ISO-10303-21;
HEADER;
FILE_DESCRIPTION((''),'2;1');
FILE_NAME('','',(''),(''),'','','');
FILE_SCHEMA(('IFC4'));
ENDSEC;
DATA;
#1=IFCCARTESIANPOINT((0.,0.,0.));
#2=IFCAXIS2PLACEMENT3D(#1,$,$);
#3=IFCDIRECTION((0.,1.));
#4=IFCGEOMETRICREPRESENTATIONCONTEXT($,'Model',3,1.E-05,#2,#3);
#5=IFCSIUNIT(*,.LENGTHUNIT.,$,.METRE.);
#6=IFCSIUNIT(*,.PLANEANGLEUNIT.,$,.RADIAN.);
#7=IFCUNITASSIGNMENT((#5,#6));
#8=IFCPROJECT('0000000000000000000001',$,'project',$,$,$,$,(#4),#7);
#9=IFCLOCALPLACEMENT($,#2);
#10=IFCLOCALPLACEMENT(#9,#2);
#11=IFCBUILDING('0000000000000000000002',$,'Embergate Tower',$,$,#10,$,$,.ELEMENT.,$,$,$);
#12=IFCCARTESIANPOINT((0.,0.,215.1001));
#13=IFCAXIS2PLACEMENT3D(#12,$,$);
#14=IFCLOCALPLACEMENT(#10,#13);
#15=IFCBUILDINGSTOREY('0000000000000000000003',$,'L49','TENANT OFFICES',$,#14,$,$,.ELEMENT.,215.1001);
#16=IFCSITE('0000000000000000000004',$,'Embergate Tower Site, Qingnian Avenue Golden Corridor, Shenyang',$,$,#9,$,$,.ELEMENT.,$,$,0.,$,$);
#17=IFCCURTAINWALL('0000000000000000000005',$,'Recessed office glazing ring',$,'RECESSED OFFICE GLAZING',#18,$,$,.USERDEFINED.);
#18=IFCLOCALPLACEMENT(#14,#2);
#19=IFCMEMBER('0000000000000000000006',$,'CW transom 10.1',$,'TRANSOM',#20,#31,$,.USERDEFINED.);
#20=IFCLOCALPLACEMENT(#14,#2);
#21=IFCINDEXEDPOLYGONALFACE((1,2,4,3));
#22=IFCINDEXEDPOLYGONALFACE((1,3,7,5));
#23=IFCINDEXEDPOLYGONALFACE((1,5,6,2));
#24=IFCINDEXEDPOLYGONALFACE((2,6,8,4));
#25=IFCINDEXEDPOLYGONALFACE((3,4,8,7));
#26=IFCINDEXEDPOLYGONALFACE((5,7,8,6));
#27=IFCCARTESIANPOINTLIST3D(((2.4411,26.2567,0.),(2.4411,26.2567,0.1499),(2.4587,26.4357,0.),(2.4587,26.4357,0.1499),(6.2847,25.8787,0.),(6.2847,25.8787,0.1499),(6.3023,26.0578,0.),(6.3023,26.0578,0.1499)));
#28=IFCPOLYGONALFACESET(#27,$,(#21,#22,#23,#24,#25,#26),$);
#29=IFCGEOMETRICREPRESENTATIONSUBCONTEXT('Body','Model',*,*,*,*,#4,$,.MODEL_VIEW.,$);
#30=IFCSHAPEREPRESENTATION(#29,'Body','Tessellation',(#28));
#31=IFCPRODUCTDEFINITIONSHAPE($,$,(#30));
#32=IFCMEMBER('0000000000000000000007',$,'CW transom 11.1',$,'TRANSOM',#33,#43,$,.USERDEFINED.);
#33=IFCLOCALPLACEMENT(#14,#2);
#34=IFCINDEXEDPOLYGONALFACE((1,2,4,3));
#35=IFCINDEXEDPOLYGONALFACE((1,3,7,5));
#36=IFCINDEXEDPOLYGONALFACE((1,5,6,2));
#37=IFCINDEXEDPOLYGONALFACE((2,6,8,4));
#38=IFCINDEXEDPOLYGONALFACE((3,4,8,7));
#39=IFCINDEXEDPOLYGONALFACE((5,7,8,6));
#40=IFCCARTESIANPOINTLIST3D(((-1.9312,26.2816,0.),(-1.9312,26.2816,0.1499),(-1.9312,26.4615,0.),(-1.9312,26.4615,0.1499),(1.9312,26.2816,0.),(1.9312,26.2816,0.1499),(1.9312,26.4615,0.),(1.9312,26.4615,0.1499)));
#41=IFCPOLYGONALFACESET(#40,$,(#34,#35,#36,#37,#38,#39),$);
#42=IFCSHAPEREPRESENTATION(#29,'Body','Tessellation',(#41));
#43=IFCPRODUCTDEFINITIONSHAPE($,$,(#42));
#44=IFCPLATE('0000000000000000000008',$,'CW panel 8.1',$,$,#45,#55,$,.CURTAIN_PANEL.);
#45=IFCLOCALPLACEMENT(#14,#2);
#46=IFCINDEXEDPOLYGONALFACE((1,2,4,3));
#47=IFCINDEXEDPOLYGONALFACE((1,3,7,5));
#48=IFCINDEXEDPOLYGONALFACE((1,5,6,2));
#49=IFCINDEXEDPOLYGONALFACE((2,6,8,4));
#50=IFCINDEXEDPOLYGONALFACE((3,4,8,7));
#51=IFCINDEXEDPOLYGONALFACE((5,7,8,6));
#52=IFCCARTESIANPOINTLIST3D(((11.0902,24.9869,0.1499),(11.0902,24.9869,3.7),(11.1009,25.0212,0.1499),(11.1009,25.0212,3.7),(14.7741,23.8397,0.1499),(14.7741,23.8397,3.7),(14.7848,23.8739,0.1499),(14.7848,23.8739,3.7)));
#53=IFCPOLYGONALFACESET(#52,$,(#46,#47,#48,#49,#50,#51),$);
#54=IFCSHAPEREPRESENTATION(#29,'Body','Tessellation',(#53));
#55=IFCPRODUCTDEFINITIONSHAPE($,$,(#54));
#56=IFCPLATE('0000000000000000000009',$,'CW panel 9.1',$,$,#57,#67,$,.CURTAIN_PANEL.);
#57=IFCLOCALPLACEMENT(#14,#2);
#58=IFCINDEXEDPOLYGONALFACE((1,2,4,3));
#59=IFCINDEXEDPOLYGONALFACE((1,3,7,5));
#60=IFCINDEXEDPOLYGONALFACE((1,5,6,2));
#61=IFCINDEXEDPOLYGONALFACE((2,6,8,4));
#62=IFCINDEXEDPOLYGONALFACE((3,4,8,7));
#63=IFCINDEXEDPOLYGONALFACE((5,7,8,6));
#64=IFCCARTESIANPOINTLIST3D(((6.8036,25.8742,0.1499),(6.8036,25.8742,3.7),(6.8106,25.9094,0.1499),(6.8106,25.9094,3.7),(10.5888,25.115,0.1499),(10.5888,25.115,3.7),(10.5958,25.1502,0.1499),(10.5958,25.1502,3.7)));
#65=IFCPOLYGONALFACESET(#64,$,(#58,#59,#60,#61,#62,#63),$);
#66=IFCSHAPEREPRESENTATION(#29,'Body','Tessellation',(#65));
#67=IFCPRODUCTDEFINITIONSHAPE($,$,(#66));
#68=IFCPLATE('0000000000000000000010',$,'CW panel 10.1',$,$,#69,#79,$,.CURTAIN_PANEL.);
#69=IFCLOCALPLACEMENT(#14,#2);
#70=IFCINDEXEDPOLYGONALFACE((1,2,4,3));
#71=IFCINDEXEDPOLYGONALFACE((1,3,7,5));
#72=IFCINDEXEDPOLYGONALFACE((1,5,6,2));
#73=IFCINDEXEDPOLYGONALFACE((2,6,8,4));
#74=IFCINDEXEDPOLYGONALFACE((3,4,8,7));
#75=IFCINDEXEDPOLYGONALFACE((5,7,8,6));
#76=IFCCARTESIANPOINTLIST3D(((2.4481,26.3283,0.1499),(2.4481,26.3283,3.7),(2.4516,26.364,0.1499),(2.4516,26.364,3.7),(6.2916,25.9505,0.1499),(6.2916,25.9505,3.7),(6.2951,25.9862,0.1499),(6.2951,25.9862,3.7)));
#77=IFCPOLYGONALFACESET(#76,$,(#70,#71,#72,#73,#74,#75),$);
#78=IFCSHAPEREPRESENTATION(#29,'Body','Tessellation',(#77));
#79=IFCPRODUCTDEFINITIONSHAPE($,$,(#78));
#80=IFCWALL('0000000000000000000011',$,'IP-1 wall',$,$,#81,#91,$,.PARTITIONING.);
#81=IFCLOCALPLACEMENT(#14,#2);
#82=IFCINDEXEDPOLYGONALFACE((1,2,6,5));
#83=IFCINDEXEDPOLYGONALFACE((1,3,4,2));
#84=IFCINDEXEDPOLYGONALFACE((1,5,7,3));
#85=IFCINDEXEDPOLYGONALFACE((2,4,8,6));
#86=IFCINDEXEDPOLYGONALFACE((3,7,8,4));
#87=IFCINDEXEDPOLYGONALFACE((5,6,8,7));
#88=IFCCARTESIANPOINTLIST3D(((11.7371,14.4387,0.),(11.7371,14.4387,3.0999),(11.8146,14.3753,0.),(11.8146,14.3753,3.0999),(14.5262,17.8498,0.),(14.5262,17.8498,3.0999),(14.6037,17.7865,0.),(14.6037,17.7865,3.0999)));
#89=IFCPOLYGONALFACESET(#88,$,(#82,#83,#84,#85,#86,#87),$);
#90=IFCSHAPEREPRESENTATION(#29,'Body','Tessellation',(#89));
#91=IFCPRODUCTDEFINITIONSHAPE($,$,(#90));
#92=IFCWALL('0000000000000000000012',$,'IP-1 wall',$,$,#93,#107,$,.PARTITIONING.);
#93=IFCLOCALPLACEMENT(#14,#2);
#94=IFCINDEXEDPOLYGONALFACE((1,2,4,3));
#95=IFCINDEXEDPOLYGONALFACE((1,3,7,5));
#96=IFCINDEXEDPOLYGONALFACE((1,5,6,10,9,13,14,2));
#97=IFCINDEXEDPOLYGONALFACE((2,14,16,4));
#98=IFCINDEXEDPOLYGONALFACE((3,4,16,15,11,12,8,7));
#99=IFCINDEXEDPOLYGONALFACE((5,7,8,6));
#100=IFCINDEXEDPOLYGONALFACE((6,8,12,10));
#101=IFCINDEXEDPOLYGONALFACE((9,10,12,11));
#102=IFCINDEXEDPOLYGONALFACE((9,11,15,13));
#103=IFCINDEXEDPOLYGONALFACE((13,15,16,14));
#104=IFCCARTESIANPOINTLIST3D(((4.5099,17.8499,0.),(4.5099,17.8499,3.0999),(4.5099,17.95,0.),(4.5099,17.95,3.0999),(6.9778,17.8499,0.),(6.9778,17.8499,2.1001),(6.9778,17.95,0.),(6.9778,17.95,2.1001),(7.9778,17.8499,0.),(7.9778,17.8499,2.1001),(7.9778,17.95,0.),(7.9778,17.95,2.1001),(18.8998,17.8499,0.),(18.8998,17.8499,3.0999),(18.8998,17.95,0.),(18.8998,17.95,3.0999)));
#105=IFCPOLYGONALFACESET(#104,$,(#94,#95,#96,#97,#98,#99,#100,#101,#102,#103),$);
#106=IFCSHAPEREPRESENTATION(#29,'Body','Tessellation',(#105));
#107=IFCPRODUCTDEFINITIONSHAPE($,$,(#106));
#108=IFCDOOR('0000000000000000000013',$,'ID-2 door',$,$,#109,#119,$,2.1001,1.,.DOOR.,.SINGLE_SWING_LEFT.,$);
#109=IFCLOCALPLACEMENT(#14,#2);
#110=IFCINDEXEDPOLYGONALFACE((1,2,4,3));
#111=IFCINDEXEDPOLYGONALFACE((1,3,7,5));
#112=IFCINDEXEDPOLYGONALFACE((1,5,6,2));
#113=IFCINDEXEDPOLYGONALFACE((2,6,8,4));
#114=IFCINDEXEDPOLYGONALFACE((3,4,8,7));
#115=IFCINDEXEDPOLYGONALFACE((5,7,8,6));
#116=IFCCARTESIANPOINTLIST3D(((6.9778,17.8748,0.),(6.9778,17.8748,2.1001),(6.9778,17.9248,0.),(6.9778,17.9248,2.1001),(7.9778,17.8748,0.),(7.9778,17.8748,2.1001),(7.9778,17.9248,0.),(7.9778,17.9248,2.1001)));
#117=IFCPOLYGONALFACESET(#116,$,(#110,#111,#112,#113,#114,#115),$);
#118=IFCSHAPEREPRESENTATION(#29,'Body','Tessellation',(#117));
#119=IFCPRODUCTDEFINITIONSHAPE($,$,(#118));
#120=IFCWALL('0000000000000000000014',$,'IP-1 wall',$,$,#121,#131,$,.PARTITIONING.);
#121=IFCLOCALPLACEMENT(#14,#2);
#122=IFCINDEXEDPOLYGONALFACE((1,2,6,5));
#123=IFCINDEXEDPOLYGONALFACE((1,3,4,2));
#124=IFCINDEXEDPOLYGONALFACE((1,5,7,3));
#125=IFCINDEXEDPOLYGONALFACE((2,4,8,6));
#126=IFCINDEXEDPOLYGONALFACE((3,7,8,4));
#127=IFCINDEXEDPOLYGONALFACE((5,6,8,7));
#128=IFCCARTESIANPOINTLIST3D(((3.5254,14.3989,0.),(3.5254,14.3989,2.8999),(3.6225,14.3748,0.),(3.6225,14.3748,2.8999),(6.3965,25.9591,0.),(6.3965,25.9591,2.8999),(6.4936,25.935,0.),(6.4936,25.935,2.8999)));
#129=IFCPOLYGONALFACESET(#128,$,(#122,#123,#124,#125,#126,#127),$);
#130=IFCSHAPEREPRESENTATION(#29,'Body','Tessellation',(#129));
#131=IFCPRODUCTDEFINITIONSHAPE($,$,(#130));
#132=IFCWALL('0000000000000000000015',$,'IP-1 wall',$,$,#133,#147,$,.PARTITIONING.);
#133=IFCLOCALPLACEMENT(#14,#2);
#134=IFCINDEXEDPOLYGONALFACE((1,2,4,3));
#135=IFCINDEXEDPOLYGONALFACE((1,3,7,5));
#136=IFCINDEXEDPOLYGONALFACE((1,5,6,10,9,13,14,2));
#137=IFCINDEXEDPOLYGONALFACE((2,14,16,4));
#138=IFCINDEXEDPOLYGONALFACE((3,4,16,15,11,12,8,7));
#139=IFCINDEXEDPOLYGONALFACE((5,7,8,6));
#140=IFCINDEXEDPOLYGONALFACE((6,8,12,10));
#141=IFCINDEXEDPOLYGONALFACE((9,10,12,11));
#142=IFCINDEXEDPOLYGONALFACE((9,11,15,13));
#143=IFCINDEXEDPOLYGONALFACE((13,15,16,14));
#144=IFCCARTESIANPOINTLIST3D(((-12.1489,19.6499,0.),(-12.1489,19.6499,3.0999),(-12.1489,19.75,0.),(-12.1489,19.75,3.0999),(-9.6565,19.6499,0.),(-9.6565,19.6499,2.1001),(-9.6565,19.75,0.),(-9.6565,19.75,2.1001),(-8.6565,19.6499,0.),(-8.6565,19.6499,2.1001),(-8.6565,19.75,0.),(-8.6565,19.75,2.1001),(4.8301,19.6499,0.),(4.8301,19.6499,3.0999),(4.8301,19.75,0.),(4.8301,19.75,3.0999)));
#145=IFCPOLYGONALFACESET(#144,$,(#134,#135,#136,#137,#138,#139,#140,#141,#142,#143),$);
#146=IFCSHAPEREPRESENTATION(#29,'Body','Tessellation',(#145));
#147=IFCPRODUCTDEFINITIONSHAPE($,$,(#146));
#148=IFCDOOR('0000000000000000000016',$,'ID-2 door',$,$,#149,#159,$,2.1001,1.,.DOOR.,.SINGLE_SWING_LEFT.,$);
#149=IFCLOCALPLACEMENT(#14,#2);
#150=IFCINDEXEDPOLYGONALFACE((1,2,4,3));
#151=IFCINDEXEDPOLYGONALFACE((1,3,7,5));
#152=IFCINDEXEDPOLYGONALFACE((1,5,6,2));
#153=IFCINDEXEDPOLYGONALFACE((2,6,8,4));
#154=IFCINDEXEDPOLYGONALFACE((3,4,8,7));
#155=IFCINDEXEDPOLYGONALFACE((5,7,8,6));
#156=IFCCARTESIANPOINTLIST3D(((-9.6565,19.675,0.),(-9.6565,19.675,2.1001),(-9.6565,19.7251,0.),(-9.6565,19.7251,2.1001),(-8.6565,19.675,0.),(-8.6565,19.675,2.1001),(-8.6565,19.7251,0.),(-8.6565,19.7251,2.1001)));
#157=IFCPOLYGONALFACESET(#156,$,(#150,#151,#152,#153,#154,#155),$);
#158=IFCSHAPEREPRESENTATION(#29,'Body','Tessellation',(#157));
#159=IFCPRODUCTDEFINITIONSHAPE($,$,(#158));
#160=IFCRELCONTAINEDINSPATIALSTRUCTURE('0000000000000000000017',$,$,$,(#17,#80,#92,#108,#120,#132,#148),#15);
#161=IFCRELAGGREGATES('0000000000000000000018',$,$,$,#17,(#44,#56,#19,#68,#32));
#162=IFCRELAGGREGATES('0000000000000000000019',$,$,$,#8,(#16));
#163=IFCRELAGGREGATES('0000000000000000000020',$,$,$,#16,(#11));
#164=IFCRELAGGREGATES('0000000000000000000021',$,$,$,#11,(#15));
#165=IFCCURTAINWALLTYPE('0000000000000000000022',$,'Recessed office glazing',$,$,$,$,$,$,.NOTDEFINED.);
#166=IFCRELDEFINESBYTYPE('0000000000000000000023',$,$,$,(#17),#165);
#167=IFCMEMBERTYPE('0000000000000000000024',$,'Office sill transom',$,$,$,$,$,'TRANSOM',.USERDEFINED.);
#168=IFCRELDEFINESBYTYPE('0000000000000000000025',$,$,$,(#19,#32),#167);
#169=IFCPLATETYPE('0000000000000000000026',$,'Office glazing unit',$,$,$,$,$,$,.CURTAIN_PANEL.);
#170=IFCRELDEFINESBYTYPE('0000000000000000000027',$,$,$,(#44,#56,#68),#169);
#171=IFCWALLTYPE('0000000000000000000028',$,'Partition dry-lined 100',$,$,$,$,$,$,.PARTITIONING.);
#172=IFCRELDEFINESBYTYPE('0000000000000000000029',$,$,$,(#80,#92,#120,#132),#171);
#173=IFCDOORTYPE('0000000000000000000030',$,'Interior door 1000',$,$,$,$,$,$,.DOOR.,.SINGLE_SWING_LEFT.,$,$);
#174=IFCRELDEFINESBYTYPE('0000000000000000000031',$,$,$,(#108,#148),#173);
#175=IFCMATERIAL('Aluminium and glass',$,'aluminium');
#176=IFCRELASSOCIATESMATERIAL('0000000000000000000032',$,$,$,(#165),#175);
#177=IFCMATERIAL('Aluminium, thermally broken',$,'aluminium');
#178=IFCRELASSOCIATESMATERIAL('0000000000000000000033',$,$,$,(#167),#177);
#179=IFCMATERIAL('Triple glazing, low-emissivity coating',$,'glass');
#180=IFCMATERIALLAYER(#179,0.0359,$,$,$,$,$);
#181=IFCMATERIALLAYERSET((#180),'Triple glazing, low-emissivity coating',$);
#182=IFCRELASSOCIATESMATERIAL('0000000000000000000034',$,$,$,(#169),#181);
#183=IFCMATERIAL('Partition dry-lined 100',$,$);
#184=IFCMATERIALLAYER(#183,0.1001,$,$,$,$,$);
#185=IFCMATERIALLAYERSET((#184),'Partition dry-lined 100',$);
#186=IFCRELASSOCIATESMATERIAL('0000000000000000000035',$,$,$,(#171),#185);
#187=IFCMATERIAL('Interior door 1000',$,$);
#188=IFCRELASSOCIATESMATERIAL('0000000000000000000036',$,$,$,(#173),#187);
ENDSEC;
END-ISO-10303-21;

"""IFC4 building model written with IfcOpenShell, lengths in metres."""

from ifc_helpers import new_model, si_unit, direction, frame, frame_2d, origin, origin_2d, place, context, subcontext, project, spatial, rectangle, extrude, source, transform, mapped, material, layer, layer_set, material_profile, profile_set, type_object, element, fill, aggregate, save


model = new_model("IFC4")

# Units and contexts
model_context = context("Model", 3, precision=1e-05, world=origin(), true_north=direction((0.0, 1.0)))
body_context = subcontext(model_context, "Body", "Model", "MODEL_VIEW")
ifc_project = project(units=[si_unit("LENGTHUNIT", "METRE"), si_unit("PLANEANGLEUNIT", "RADIAN")], contexts=[model_context])

# Site, building, storey
site_placement = place(None, origin())
site = spatial("IfcSite", under=ifc_project, at=site_placement, Name="Embergate Tower Site, Qingnian Avenue Golden Corridor, Shenyang", CompositionType="ELEMENT", RefElevation=0.0)
building_placement = place(site_placement, origin())
building = spatial("IfcBuilding", under=site, at=building_placement, Name="Embergate Tower", CompositionType="ELEMENT")
storey_placement = place(building_placement, frame((0.0, 0.0, 215.1001)))
storey = spatial("IfcBuildingStorey", under=building, at=storey_placement, Name="L49", Description="TENANT OFFICES", CompositionType="ELEMENT", Elevation=215.1001)

# Curtain wall, members, plates
ifc_material_1 = material(Name="Aluminium and glass", Category="aluminium")
curtain_wall_type = type_object("IfcCurtainWallType", Name="Recessed office glazing", PredefinedType="NOTDEFINED", material=ifc_material_1)
curtain_wall_placement = place(storey_placement, origin())
curtain_wall = element("IfcCurtainWall", 1, at=curtain_wall_placement, inside=storey, type_object=curtain_wall_type, Name="Recessed office glazing ring", ObjectType="RECESSED OFFICE GLAZING", PredefinedType="USERDEFINED")
ifc_material_2 = material(Name="Aluminium, thermally broken", Category="aluminium")
ifc_material_profile_1 = material_profile(ifc_material_2, rectangle(XDim=0.1799, YDim=0.1499, at=origin_2d()), Name="AL 150x180")
ifc_profile_set_1 = profile_set([ifc_material_profile_1], Name="Aluminium, thermally broken")
member_type_1 = type_object("IfcMemberType", Name="Office sill transom", ElementType="TRANSOM", PredefinedType="USERDEFINED", material=ifc_profile_set_1)
shared_shape_1 = source(origin(), body_context, "Body", "SweptSolid", [
    extrude(rectangle(XDim=0.1799, YDim=0.1499, at=origin_2d()), origin(), (0.0, 0.0, 1.0), 3.8621),
])
member_1_placement = place(storey_placement, frame((6.2935, 25.9683, 0.075), z_axis=(-0.9952, 0.097857, 0.0), x_axis=(-0.097857, -0.9952, 0.0)))
member_1 = element("IfcMember", 2, at=member_1_placement, type_object=member_type_1, Name="CW transom 10.1", ObjectType="TRANSOM", PredefinedType="USERDEFINED", context=body_context, shape_type="MappedRepresentation", body=[
    mapped(shared_shape_1, transform((0.0, 0.0, 0.0))),
])
shared_shape_2 = source(origin(), body_context, "Body", "SweptSolid", [
    extrude(rectangle(XDim=0.1799, YDim=0.1499, at=origin_2d()), origin(), (0.0, 0.0, 1.0), 3.8623),
])
member_2_placement = place(storey_placement, frame((1.9312, 26.3716, 0.075), z_axis=(-1.0, 0.0, 0.0), x_axis=(0.0, -1.0, 0.0)))
member_2 = element("IfcMember", 3, at=member_2_placement, type_object=member_type_1, Name="CW transom 11.1", ObjectType="TRANSOM", PredefinedType="USERDEFINED", context=body_context, shape_type="MappedRepresentation", body=[
    mapped(shared_shape_2, transform((0.0, 0.0, 0.0))),
])
ifc_material_3 = material(Name="Triple glazing, low-emissivity coating", Category="glass")
ifc_layer_1 = layer(ifc_material_3, 0.0359)
ifc_layer_set_1 = layer_set([ifc_layer_1], Name="Triple glazing, low-emissivity coating")
plate_type = type_object("IfcPlateType", Name="Office glazing unit", PredefinedType="CURTAIN_PANEL", material=ifc_layer_set_1)
shared_shape_3 = source(origin(), body_context, "Body", "SweptSolid", [
    extrude(rectangle(XDim=3.8584, YDim=0.0359, at=origin_2d()), origin(), (0.0, 0.0, 1.0), 3.55),
])
plate_1_placement = place(storey_placement, frame((12.9375, 24.4304, 0.1499), z_axis=(0.0, 0.0, 1.0), x_axis=(-0.954771, 0.297343, 0.0)))
plate_1 = element("IfcPlate", 4, at=plate_1_placement, type_object=plate_type, Name="CW panel 8.1", PredefinedType="CURTAIN_PANEL", context=body_context, shape_type="MappedRepresentation", body=[
    mapped(shared_shape_3, transform((0.0, 0.0, 0.0))),
])
shared_shape_4 = source(origin(), body_context, "Body", "SweptSolid", [
    extrude(rectangle(XDim=3.8606, YDim=0.0359, at=origin_2d()), origin(), (0.0, 0.0, 1.0), 3.55),
])
plate_2_placement = place(storey_placement, frame((8.6997, 25.5122, 0.1499), z_axis=(0.0, 0.0, 1.0), x_axis=(-0.980475, 0.196643, 0.0)))
plate_2 = element("IfcPlate", 5, at=plate_2_placement, type_object=plate_type, Name="CW panel 9.1", PredefinedType="CURTAIN_PANEL", context=body_context, shape_type="MappedRepresentation", body=[
    mapped(shared_shape_4, transform((0.0, 0.0, 0.0))),
])
shared_shape_5 = source(origin(), body_context, "Body", "SweptSolid", [
    extrude(rectangle(XDim=3.8621, YDim=0.0359, at=origin_2d()), origin(), (0.0, 0.0, 1.0), 3.55),
])
plate_3_placement = place(storey_placement, frame((4.3716, 26.1572, 0.1499), z_axis=(0.0, 0.0, 1.0), x_axis=(-0.995203, 0.097831, 0.0)))
plate_3 = element("IfcPlate", 6, at=plate_3_placement, type_object=plate_type, Name="CW panel 10.1", PredefinedType="CURTAIN_PANEL", context=body_context, shape_type="MappedRepresentation", body=[
    mapped(shared_shape_5, transform((0.0, 0.0, 0.0))),
])
aggregate(curtain_wall, [plate_1, plate_2, member_1, plate_3, member_2])

# Wall
ifc_material_4 = material(Name="Partition dry-lined 100")
ifc_layer_2 = layer(ifc_material_4, 0.1001)
ifc_layer_set_2 = layer_set([ifc_layer_2], Name="Partition dry-lined 100")
wall_type = type_object("IfcWallType", Name="Partition dry-lined 100", PredefinedType="PARTITIONING", material=ifc_layer_set_2)
shared_shape_6 = source(origin(), body_context, "Body", "SweptSolid", [
    extrude(rectangle(XDim=4.4062, YDim=0.1001, at=frame_2d((2.2031, 0.0))), origin(), (0.0, 0.0, 1.0), 3.0999),
])
wall_1_placement = place(storey_placement, frame((11.7759, 14.407, 0.0), z_axis=(0.0, 0.0, 1.0), x_axis=(0.632984, 0.774165, 0.0)))
element("IfcWall", 7, at=wall_1_placement, inside=storey, type_object=wall_type, Name="IP-1 wall", PredefinedType="PARTITIONING", context=body_context, shape_type="MappedRepresentation", body=[
    mapped(shared_shape_6, transform((0.0, 0.0, 0.0))),
])

# Wall, opening, door
shared_shape_7 = source(origin(), body_context, "Body", "SweptSolid", [
    extrude(rectangle(XDim=14.3899, YDim=0.1001, at=frame_2d((7.1948, 0.0))), origin(), (0.0, 0.0, 1.0), 3.0999),
])
wall_2_placement = place(storey_placement, frame((4.51, 17.8999, 0.0), z_axis=(0.0, 0.0, 1.0), x_axis=(1.0, 0.0, 0.0)))
wall_2 = element("IfcWall", 8, at=wall_2_placement, inside=storey, type_object=wall_type, Name="IP-1 wall", PredefinedType="PARTITIONING", context=body_context, shape_type="MappedRepresentation", body=[
    mapped(shared_shape_7, transform((0.0, 0.0, 0.0))),
])
shared_shape_8 = source(origin(), body_context, "Body", "SweptSolid", [
    extrude(rectangle(XDim=1.0, YDim=2.1001, at=frame_2d((0.5, 1.05))), frame((0.0, 0.0601, 0.0), z_axis=(0.0, -1.0, 0.0), x_axis=(1.0, 0.0, 0.0)), (0.0, 0.0, 1.0), 0.1201),
])
opening_1_placement = place(wall_2_placement, frame((2.4678, 0.0, 0.0)))
opening_1 = element("IfcOpeningElement", 9, at=opening_1_placement, cuts=wall_2, PredefinedType="OPENING", context=body_context, shape_type="MappedRepresentation", body=[
    mapped(shared_shape_8, transform((0.0, 0.0, 0.0))),
])
ifc_material_5 = material(Name="Interior door 1000")
door_type = type_object("IfcDoorType", Name="Interior door 1000", OperationType="SINGLE_SWING_LEFT", PredefinedType="DOOR", material=ifc_material_5)
shared_shape_9 = source(origin(), body_context, "Body", "SweptSolid", [
    extrude(rectangle(XDim=1.0, YDim=2.1001, at=frame_2d((0.5, 1.05))), frame((0.0, 0.0249, 0.0), z_axis=(0.0, -1.0, 0.0), x_axis=(1.0, 0.0, 0.0)), (0.0, 0.0, 1.0), 0.05),
])
door_1_placement = place(opening_1_placement, origin())
door_1 = element("IfcDoor", 10, at=door_1_placement, inside=storey, type_object=door_type, Name="ID-2 door", OperationType="SINGLE_SWING_LEFT", OverallHeight=2.1001, OverallWidth=1.0, PredefinedType="DOOR", context=body_context, shape_type="MappedRepresentation", body=[
    mapped(shared_shape_9, transform((0.0, 0.0, 0.0))),
])
fill(opening_1, door_1)

# Wall
shared_shape_10 = source(origin(), body_context, "Body", "SweptSolid", [
    extrude(rectangle(XDim=11.9114, YDim=0.1001, at=frame_2d((5.9556, 0.0))), origin(), (0.0, 0.0, 1.0), 2.8999),
])
wall_3_placement = place(storey_placement, frame((3.574, 14.387, 0.0), z_axis=(0.0, 0.0, 1.0), x_axis=(0.24104, 0.970515, 0.0)))
element("IfcWall", 11, at=wall_3_placement, inside=storey, type_object=wall_type, Name="IP-1 wall", PredefinedType="PARTITIONING", context=body_context, shape_type="MappedRepresentation", body=[
    mapped(shared_shape_10, transform((0.0, 0.0, 0.0))),
])

# Wall, opening, door
shared_shape_11 = source(origin(), body_context, "Body", "SweptSolid", [
    extrude(rectangle(XDim=16.979, YDim=0.1001, at=frame_2d((8.4895, 0.0))), origin(), (0.0, 0.0, 1.0), 3.0999),
])
wall_4_placement = place(storey_placement, frame((4.8301, 19.7, 0.0), z_axis=(0.0, 0.0, 1.0), x_axis=(-1.0, 0.0, 0.0)))
wall_4 = element("IfcWall", 12, at=wall_4_placement, inside=storey, type_object=wall_type, Name="IP-1 wall", PredefinedType="PARTITIONING", context=body_context, shape_type="MappedRepresentation", body=[
    mapped(shared_shape_11, transform((0.0, 0.0, 0.0))),
])
opening_2_placement = place(wall_4_placement, frame((13.4866, 0.0, 0.0)))
opening_2 = element("IfcOpeningElement", 13, at=opening_2_placement, cuts=wall_4, PredefinedType="OPENING", context=body_context, shape_type="MappedRepresentation", body=[
    mapped(shared_shape_8, transform((0.0, 0.0, 0.0))),
])
door_2_placement = place(opening_2_placement, origin())
door_2 = element("IfcDoor", 14, at=door_2_placement, inside=storey, type_object=door_type, Name="ID-2 door", OperationType="SINGLE_SWING_LEFT", OverallHeight=2.1001, OverallWidth=1.0, PredefinedType="DOOR", context=body_context, shape_type="MappedRepresentation", body=[
    mapped(shared_shape_9, transform((0.0, 0.0, 0.0))),
])
fill(opening_2, door_2)

save(model, "model.ifc")
